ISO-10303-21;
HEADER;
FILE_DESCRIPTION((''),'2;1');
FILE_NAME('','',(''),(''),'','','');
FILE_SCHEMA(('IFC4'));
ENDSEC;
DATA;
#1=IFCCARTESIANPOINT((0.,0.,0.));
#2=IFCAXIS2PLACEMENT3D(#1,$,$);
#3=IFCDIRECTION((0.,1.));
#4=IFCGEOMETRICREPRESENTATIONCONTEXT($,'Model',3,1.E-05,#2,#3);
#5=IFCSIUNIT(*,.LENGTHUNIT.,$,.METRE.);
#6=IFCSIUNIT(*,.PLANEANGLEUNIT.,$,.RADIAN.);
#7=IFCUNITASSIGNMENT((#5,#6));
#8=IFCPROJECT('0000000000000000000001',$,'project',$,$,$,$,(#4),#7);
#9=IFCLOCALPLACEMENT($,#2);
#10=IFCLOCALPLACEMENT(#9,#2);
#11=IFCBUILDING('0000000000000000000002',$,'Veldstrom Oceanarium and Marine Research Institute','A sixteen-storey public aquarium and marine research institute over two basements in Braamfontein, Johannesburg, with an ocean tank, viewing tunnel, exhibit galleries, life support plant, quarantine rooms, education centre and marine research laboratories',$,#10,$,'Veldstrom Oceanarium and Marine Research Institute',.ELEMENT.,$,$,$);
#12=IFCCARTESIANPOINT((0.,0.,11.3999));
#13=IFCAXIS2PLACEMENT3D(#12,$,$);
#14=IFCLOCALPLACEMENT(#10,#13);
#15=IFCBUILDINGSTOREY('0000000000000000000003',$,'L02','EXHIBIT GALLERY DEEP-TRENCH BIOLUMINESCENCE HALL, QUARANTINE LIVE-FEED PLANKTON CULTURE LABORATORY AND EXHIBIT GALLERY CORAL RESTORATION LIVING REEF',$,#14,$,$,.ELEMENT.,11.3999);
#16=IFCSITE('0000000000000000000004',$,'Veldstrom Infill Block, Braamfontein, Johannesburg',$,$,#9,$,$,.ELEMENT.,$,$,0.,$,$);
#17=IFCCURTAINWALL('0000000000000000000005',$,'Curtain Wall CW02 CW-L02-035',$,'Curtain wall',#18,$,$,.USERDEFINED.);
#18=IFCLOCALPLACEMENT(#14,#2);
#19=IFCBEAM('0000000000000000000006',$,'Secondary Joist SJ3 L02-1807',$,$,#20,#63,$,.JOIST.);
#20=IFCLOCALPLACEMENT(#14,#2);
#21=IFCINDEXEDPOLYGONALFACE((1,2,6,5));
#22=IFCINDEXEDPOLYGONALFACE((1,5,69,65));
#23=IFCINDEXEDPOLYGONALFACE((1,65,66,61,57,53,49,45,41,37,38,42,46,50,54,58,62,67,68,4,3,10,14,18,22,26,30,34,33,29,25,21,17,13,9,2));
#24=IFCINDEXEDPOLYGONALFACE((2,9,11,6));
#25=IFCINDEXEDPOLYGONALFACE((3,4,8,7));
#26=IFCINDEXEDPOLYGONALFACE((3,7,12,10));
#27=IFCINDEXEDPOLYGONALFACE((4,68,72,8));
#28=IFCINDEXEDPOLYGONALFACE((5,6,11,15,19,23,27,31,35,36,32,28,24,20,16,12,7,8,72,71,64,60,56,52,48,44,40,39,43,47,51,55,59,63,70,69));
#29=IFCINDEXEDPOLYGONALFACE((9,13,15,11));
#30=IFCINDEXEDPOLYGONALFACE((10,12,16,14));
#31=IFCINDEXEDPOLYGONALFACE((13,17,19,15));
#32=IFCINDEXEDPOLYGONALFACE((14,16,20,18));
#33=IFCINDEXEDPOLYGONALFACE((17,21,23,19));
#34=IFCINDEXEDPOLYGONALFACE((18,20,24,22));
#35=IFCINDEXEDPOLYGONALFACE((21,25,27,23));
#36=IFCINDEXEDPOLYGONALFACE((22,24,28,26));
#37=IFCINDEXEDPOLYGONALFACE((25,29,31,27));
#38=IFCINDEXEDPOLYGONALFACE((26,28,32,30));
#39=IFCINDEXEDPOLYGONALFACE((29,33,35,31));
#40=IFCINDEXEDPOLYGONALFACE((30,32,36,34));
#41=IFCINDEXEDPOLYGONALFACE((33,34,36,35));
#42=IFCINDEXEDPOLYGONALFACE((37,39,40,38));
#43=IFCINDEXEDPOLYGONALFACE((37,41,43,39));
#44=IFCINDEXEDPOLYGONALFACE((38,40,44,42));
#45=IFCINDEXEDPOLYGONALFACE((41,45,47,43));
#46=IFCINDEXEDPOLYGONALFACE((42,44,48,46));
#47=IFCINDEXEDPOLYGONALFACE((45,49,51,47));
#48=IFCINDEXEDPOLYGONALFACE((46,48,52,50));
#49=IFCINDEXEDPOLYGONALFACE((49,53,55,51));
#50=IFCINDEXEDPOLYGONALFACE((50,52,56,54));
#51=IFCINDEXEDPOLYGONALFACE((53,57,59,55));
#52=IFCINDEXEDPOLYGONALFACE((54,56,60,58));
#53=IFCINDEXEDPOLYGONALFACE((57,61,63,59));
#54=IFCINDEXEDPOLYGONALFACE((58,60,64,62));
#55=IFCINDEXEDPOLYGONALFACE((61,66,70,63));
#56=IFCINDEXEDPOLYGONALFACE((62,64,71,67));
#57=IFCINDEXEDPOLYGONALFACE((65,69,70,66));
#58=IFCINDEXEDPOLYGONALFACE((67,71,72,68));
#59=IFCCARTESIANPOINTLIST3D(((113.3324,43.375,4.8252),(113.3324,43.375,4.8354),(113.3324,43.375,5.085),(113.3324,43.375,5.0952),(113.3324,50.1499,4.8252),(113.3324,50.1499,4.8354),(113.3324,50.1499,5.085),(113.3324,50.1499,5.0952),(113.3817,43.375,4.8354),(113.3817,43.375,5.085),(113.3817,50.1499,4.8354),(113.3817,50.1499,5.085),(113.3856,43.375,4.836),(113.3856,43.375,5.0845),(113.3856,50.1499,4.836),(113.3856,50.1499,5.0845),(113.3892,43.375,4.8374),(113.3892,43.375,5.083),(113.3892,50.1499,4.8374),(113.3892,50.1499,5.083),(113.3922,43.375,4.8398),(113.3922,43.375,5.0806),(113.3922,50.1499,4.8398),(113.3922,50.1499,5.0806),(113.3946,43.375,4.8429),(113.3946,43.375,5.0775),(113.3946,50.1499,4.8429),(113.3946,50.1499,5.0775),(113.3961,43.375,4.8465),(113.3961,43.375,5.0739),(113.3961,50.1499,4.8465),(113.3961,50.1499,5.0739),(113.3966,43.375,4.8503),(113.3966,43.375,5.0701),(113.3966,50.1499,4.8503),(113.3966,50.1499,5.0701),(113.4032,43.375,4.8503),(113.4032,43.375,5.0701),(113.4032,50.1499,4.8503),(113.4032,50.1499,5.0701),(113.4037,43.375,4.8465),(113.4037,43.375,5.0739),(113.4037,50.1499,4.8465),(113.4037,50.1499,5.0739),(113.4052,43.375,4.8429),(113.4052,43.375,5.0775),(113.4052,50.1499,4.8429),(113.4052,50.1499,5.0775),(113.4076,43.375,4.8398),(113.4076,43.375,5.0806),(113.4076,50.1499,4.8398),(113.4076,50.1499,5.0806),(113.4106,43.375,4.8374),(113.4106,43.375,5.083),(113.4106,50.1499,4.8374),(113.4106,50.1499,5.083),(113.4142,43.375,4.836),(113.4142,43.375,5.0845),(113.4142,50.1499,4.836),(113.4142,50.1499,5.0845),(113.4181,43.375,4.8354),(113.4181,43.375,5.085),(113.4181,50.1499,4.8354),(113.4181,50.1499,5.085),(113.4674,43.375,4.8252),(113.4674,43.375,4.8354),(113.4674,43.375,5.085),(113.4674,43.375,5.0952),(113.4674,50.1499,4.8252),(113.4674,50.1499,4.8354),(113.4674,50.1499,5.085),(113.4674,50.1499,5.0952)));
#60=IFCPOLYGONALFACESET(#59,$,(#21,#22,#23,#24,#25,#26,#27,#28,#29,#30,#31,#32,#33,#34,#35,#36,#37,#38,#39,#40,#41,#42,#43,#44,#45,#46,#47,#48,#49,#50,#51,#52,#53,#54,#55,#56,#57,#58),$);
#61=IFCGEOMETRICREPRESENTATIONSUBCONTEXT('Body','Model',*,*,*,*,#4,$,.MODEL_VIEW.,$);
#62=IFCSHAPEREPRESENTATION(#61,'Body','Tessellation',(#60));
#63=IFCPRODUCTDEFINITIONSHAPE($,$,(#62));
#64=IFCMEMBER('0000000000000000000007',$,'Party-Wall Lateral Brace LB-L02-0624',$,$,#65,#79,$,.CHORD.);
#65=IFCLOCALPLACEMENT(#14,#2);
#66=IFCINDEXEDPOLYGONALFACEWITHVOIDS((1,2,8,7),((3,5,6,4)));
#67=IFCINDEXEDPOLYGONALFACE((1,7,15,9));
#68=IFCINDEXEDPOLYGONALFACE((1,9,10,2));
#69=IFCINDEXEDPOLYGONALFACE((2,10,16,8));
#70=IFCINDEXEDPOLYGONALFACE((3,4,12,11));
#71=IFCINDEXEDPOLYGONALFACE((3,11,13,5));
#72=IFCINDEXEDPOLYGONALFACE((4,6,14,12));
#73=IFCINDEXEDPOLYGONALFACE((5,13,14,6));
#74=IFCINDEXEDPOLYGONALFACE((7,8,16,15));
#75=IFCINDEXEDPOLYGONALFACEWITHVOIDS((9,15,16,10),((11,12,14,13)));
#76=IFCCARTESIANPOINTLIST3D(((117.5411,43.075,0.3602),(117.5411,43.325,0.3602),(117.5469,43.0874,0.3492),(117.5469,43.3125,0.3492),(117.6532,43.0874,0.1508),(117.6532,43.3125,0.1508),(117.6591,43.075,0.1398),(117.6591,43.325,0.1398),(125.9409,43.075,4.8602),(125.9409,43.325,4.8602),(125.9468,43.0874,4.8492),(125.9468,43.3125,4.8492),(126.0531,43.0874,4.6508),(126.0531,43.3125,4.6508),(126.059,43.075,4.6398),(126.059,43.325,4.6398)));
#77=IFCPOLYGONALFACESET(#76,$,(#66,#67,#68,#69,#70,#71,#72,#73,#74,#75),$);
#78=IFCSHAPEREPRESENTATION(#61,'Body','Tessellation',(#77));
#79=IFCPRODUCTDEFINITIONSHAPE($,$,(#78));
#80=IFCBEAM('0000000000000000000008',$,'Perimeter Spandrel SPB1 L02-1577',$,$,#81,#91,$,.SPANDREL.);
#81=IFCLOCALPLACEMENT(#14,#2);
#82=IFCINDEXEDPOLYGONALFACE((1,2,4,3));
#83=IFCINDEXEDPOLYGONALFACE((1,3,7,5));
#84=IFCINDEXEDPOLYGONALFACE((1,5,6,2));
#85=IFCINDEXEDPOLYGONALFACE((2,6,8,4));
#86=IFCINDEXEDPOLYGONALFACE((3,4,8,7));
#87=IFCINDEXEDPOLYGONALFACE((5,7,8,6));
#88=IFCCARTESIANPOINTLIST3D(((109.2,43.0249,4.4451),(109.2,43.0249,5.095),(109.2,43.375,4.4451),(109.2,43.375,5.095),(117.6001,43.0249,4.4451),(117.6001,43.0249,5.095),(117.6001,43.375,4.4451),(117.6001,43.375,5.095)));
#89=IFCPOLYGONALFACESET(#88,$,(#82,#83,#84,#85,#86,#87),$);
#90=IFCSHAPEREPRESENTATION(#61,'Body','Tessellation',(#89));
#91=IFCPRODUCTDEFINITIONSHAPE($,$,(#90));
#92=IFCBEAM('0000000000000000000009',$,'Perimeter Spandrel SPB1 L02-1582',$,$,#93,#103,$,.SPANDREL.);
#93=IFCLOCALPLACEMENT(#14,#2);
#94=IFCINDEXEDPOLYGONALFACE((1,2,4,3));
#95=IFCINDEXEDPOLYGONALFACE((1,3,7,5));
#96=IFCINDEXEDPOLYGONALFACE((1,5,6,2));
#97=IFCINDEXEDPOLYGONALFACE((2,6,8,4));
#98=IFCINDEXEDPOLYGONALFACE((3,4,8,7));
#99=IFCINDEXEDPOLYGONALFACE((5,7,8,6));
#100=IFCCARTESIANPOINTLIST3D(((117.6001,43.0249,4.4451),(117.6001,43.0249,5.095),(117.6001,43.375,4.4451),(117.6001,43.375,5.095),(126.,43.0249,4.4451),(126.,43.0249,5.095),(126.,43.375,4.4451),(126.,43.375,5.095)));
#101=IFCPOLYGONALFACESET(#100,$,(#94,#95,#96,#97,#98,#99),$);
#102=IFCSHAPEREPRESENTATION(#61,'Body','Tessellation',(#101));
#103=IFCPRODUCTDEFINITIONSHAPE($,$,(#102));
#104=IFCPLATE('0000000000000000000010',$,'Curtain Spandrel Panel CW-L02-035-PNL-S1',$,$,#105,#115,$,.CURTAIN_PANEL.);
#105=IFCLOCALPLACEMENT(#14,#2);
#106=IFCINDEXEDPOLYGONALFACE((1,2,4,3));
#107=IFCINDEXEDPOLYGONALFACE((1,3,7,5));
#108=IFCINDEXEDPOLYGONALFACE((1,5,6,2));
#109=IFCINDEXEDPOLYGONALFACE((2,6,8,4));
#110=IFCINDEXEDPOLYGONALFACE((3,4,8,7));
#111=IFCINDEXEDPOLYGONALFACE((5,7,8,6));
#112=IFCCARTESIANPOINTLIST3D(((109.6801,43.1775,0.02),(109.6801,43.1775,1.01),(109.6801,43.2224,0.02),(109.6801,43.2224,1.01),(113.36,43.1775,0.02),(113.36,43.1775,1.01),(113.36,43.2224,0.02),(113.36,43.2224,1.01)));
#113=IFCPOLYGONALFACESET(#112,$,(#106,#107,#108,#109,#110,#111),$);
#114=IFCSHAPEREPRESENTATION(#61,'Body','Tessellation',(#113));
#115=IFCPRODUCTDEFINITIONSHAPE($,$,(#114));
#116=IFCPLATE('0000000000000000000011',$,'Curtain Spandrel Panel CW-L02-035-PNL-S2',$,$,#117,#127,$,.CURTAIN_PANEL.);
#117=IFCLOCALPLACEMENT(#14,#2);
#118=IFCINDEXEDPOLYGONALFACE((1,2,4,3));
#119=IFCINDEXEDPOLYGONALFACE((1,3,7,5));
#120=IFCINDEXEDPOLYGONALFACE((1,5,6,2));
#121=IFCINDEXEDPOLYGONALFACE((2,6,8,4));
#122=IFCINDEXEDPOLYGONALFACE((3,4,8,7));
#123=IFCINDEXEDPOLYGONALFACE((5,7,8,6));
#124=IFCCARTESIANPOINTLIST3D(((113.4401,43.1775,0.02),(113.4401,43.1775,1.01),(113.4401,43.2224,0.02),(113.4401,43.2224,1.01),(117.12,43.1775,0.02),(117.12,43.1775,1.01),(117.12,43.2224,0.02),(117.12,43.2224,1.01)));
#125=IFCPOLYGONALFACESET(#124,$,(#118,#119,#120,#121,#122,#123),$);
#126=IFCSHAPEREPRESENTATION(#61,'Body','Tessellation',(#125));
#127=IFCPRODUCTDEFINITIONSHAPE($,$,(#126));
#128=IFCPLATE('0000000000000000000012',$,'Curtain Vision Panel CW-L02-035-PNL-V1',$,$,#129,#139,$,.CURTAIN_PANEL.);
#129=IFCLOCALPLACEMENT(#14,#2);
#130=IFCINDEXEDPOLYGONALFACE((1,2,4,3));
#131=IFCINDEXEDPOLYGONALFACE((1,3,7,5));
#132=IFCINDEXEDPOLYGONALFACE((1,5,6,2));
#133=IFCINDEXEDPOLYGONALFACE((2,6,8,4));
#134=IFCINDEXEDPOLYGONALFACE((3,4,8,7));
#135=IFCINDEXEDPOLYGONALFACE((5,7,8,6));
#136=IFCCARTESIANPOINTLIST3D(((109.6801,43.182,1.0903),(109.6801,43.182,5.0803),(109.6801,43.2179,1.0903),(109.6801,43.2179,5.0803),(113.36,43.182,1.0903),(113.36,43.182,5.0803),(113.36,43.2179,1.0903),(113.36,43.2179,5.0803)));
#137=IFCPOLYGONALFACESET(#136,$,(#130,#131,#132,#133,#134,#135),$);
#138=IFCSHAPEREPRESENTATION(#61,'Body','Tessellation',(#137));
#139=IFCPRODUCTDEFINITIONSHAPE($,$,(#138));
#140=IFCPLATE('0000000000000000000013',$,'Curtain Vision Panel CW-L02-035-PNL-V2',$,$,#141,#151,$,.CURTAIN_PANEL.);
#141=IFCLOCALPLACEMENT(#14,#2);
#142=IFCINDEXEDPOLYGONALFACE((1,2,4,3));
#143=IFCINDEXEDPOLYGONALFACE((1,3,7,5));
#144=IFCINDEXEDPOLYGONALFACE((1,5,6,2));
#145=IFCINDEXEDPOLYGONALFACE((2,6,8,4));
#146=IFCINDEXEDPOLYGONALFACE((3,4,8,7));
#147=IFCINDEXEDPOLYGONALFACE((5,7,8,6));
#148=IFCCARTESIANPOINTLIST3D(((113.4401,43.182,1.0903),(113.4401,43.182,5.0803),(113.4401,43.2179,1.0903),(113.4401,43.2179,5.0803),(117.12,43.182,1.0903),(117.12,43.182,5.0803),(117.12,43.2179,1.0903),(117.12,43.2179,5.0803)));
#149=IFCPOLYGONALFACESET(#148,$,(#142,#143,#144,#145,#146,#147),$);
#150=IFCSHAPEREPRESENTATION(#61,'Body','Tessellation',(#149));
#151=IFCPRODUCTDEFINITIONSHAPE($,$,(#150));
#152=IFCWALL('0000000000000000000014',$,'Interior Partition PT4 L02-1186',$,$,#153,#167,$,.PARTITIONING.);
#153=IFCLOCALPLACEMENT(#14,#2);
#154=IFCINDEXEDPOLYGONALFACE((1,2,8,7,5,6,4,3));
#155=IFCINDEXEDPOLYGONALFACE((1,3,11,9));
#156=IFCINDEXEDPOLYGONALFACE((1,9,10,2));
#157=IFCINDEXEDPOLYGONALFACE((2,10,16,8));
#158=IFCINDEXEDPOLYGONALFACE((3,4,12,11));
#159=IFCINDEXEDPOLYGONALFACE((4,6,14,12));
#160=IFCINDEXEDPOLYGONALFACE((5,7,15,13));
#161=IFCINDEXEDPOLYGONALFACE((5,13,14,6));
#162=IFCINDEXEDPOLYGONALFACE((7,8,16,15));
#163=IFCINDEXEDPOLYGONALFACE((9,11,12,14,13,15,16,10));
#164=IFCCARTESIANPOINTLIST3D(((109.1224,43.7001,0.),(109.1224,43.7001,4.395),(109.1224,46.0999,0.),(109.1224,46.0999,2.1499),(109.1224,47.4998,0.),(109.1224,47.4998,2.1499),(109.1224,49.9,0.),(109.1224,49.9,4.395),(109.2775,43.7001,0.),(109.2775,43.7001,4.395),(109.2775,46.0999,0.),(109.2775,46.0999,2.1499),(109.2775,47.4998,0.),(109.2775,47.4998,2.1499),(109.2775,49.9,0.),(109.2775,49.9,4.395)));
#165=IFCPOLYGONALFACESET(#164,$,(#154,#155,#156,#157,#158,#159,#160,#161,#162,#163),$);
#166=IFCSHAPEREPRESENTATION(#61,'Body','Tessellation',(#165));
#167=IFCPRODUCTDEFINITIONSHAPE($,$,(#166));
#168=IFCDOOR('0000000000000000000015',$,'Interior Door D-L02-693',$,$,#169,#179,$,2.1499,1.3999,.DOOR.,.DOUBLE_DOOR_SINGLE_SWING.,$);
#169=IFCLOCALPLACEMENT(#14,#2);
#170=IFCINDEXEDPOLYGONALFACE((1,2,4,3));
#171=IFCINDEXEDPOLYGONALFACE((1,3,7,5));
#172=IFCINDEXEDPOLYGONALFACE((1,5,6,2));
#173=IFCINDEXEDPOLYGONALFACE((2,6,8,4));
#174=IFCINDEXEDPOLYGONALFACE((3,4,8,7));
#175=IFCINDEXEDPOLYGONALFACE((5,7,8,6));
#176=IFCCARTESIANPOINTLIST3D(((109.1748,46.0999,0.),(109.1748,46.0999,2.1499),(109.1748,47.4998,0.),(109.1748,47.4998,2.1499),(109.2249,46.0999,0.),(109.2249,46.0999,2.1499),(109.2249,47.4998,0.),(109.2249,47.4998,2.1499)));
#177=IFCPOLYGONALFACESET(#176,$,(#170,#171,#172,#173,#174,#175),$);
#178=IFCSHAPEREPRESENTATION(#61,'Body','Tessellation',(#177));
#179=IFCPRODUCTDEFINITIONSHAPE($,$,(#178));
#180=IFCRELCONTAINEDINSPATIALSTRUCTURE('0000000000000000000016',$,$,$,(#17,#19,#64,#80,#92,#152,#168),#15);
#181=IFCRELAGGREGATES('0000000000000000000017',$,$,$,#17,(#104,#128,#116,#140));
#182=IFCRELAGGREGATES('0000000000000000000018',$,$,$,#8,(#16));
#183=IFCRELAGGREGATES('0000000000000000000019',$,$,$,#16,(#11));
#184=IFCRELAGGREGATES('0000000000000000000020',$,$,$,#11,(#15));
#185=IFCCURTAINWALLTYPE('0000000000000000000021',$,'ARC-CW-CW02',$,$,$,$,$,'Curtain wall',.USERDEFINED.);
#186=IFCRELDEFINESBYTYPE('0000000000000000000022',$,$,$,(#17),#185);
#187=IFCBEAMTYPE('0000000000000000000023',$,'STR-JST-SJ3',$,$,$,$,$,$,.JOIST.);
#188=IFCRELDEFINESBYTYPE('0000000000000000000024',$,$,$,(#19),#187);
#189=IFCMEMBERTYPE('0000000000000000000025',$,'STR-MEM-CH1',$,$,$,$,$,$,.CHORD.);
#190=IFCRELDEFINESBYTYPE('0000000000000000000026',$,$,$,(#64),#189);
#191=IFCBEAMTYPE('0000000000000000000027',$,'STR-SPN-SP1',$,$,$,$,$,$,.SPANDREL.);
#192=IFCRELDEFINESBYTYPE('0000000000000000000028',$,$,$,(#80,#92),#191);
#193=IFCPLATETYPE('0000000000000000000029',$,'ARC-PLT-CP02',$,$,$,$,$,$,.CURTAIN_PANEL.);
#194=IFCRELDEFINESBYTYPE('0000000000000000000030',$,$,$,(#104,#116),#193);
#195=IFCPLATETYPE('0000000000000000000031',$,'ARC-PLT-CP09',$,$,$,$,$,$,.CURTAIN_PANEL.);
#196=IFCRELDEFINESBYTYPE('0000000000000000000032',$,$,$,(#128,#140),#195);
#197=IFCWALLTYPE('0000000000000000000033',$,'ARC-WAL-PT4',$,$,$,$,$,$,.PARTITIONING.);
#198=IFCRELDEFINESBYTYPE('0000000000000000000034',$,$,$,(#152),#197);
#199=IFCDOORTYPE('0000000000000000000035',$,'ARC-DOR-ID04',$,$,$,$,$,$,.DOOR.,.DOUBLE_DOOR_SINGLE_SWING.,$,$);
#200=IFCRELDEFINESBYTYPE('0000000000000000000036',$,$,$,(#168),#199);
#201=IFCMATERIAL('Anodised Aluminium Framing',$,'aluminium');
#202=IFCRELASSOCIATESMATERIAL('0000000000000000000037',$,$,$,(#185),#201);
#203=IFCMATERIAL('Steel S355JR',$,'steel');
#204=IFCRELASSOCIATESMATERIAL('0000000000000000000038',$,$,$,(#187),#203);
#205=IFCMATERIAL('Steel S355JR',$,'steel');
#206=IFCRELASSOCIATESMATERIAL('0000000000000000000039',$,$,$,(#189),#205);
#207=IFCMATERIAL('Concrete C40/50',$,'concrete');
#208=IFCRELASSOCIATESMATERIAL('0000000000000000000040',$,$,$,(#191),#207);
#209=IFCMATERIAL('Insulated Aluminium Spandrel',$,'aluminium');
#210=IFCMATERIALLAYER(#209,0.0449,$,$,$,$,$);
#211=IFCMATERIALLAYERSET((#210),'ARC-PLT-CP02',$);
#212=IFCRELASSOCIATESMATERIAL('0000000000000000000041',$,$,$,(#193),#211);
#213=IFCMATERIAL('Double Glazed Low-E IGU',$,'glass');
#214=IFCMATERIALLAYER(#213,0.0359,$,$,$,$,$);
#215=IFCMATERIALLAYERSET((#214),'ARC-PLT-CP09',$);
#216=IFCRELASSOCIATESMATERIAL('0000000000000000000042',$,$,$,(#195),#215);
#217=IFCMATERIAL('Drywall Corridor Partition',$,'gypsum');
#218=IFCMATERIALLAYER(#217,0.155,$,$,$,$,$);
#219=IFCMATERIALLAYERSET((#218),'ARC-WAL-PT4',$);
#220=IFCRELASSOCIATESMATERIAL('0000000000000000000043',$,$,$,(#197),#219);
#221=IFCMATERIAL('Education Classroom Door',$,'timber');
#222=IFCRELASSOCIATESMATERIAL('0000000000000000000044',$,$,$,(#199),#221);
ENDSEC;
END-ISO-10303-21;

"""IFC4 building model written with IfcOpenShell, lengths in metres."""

from ifc_helpers import new_model, si_unit, direction, frame, frame_2d, origin, origin_2d, place, context, subcontext, project, spatial, rectangle, hollow_rectangle, i_section, extrude, material, layer, layer_set, material_profile, profile_set, type_object, element, fill, aggregate, save


model = new_model("IFC4")

# Units and contexts
model_context = context("Model", 3, precision=1e-05, world=origin(), true_north=direction((0.0, 1.0)))
body_context = subcontext(model_context, "Body", "Model", "MODEL_VIEW")
ifc_project = project(units=[si_unit("LENGTHUNIT", "METRE"), si_unit("PLANEANGLEUNIT", "RADIAN")], contexts=[model_context])

# Site, building, storey
site_placement = place(None, origin())
site = spatial("IfcSite", under=ifc_project, at=site_placement, Name="Veldstrom Infill Block, Braamfontein, Johannesburg", CompositionType="ELEMENT", RefElevation=0.0)
building_placement = place(site_placement, origin())
building = spatial("IfcBuilding", under=site, at=building_placement, Name="Veldstrom Oceanarium and Marine Research Institute", Description="A sixteen-storey public aquarium and marine research institute over two basements in Braamfontein, Johannesburg, with an ocean tank, viewing tunnel, exhibit galleries, life support plant, quarantine rooms, education centre and marine research laboratories", LongName="Veldstrom Oceanarium and Marine Research Institute", CompositionType="ELEMENT")
storey_placement = place(building_placement, frame((0.0, 0.0, 11.3999)))
storey = spatial("IfcBuildingStorey", under=building, at=storey_placement, Name="L02", Description="EXHIBIT GALLERY DEEP-TRENCH BIOLUMINESCENCE HALL, QUARANTINE LIVE-FEED PLANKTON CULTURE LABORATORY AND EXHIBIT GALLERY CORAL RESTORATION LIVING REEF", CompositionType="ELEMENT", Elevation=11.3999)

# Curtain wall
ifc_material_1 = material(Name="Anodised Aluminium Framing", Category="aluminium")
curtain_wall_type = type_object("IfcCurtainWallType", Name="ARC-CW-CW02", ElementType="Curtain wall", PredefinedType="USERDEFINED", material=ifc_material_1)
curtain_wall_placement = place(storey_placement, origin())
curtain_wall = element("IfcCurtainWall", 1, at=curtain_wall_placement, inside=storey, type_object=curtain_wall_type, Name="Curtain Wall CW02 CW-L02-035", ObjectType="Curtain wall", PredefinedType="USERDEFINED")

# Beam
ifc_material_2 = material(Name="Steel S355JR", Category="steel")
ifc_material_profile_1 = material_profile(ifc_material_2, i_section(OverallWidth=0.135, OverallDepth=0.27, WebThickness=0.0066, FlangeThickness=0.0103, FilletRadius=0.0149, at=origin_2d()), Name="IPE 270")
ifc_profile_set_1 = profile_set([ifc_material_profile_1], Name="Steel S355JR")
beam_type_1 = type_object("IfcBeamType", Name="STR-JST-SJ3", PredefinedType="JOIST", material=ifc_profile_set_1)
beam_1_placement = place(storey_placement, frame((113.3999, 43.375, 4.9602), z_axis=(0.0, 1.0, 0.0), x_axis=(-1.0, 0.0, 0.0)))
element("IfcBeam", 2, at=beam_1_placement, inside=storey, type_object=beam_type_1, Name="Secondary Joist SJ3 L02-1807", PredefinedType="JOIST", context=body_context, shape_type="SweptSolid", body=[
    extrude(i_section(OverallWidth=0.135, OverallDepth=0.27, WebThickness=0.0066, FlangeThickness=0.0103, FilletRadius=0.0149, at=origin_2d()), origin(), (0.0, 0.0, 1.0), 6.7749),
])

# Member
ifc_material_3 = material(Name="Steel S355JR", Category="steel")
ifc_material_profile_2 = material_profile(ifc_material_3, hollow_rectangle(XDim=0.25, YDim=0.25, WallThickness=0.0125, at=origin_2d()), Name="SHS 250x250x12.5")
ifc_profile_set_2 = profile_set([ifc_material_profile_2], Name="Steel S355JR")
member_type_1 = type_object("IfcMemberType", Name="STR-MEM-CH1", PredefinedType="CHORD", material=ifc_profile_set_2)
member_1_placement = place(storey_placement, frame((117.6001, 43.2, 0.25), z_axis=(0.881478, 0.0, 0.472226), x_axis=(0.0, 1.0, 0.0)))
element("IfcMember", 3, at=member_1_placement, inside=storey, type_object=member_type_1, Name="Party-Wall Lateral Brace LB-L02-0624", PredefinedType="CHORD", context=body_context, shape_type="SweptSolid", body=[
    extrude(hollow_rectangle(XDim=0.25, YDim=0.25, WallThickness=0.0125, at=origin_2d()), origin(), (0.0, 0.0, 1.0), 9.5293),
])

# Beams
ifc_material_4 = material(Name="Concrete C40/50", Category="concrete")
ifc_material_profile_3 = material_profile(ifc_material_4, rectangle(XDim=0.3501, YDim=0.6499, at=origin_2d()), Name="RC-SPN-350x650")
ifc_profile_set_3 = profile_set([ifc_material_profile_3], Name="Concrete C40/50")
beam_type_2 = type_object("IfcBeamType", Name="STR-SPN-SP1", PredefinedType="SPANDREL", material=ifc_profile_set_3)
beam_2_placement = place(storey_placement, frame((109.2, 43.2, 4.77), z_axis=(1.0, 0.0, 0.0), x_axis=(0.0, 1.0, 0.0)))
element("IfcBeam", 4, at=beam_2_placement, inside=storey, type_object=beam_type_2, Name="Perimeter Spandrel SPB1 L02-1577", PredefinedType="SPANDREL", context=body_context, shape_type="SweptSolid", body=[
    extrude(rectangle(XDim=0.3501, YDim=0.6499, at=origin_2d()), origin(), (0.0, 0.0, 1.0), 8.4001),
])
beam_3_placement = place(storey_placement, frame((117.6001, 43.2, 4.77), z_axis=(1.0, 0.0, 0.0), x_axis=(0.0, 1.0, 0.0)))
element("IfcBeam", 5, at=beam_3_placement, inside=storey, type_object=beam_type_2, Name="Perimeter Spandrel SPB1 L02-1582", PredefinedType="SPANDREL", context=body_context, shape_type="SweptSolid", body=[
    extrude(rectangle(XDim=0.3501, YDim=0.6499, at=origin_2d()), origin(), (0.0, 0.0, 1.0), 8.3999),
])

# Plates
ifc_material_5 = material(Name="Insulated Aluminium Spandrel", Category="aluminium")
ifc_layer_1 = layer(ifc_material_5, 0.0449)
ifc_layer_set_1 = layer_set([ifc_layer_1], Name="ARC-PLT-CP02")
plate_type_1 = type_object("IfcPlateType", Name="ARC-PLT-CP02", PredefinedType="CURTAIN_PANEL", material=ifc_layer_set_1)
plate_1_placement = place(storey_placement, frame((111.52, 43.2, 0.02), z_axis=(0.0, 0.0, 1.0), x_axis=(1.0, 0.0, 0.0)))
plate_1 = element("IfcPlate", 6, at=plate_1_placement, type_object=plate_type_1, Name="Curtain Spandrel Panel CW-L02-035-PNL-S1", PredefinedType="CURTAIN_PANEL", context=body_context, shape_type="SweptSolid", body=[
    extrude(rectangle(XDim=3.6799, YDim=0.0449, at=origin_2d()), origin(), (0.0, 0.0, 1.0), 0.99),
])
plate_2_placement = place(storey_placement, frame((115.28, 43.2, 0.02), z_axis=(0.0, 0.0, 1.0), x_axis=(1.0, 0.0, 0.0)))
plate_2 = element("IfcPlate", 7, at=plate_2_placement, type_object=plate_type_1, Name="Curtain Spandrel Panel CW-L02-035-PNL-S2", PredefinedType="CURTAIN_PANEL", context=body_context, shape_type="SweptSolid", body=[
    extrude(rectangle(XDim=3.6799, YDim=0.0449, at=origin_2d()), origin(), (0.0, 0.0, 1.0), 0.99),
])
ifc_material_6 = material(Name="Double Glazed Low-E IGU", Category="glass")
ifc_layer_2 = layer(ifc_material_6, 0.0359)
ifc_layer_set_2 = layer_set([ifc_layer_2], Name="ARC-PLT-CP09")
plate_type_2 = type_object("IfcPlateType", Name="ARC-PLT-CP09", PredefinedType="CURTAIN_PANEL", material=ifc_layer_set_2)
plate_3_placement = place(storey_placement, frame((111.52, 43.2, 1.0903), z_axis=(0.0, 0.0, 1.0), x_axis=(1.0, 0.0, 0.0)))
plate_3 = element("IfcPlate", 8, at=plate_3_placement, type_object=plate_type_2, Name="Curtain Vision Panel CW-L02-035-PNL-V1", PredefinedType="CURTAIN_PANEL", context=body_context, shape_type="SweptSolid", body=[
    extrude(rectangle(XDim=3.6799, YDim=0.0359, at=origin_2d()), origin(), (0.0, 0.0, 1.0), 3.99),
])
plate_4_placement = place(storey_placement, frame((115.28, 43.2, 1.0903), z_axis=(0.0, 0.0, 1.0), x_axis=(1.0, 0.0, 0.0)))
plate_4 = element("IfcPlate", 9, at=plate_4_placement, type_object=plate_type_2, Name="Curtain Vision Panel CW-L02-035-PNL-V2", PredefinedType="CURTAIN_PANEL", context=body_context, shape_type="SweptSolid", body=[
    extrude(rectangle(XDim=3.6799, YDim=0.0359, at=origin_2d()), origin(), (0.0, 0.0, 1.0), 3.99),
])
aggregate(curtain_wall, [plate_1, plate_3, plate_2, plate_4])

# Wall, opening, door
ifc_material_7 = material(Name="Drywall Corridor Partition", Category="gypsum")
ifc_layer_3 = layer(ifc_material_7, 0.155)
ifc_layer_set_3 = layer_set([ifc_layer_3], Name="ARC-WAL-PT4")
wall_type = type_object("IfcWallType", Name="ARC-WAL-PT4", PredefinedType="PARTITIONING", material=ifc_layer_set_3)
wall_placement = place(storey_placement, frame((109.2, 43.7, 0.0), z_axis=(0.0, 0.0, 1.0), x_axis=(0.0, 1.0, 0.0)))
wall = element("IfcWall", 10, at=wall_placement, inside=storey, type_object=wall_type, Name="Interior Partition PT4 L02-1186", PredefinedType="PARTITIONING", context=body_context, shape_type="SweptSolid", body=[
    extrude(rectangle(XDim=6.2, YDim=0.155, at=frame_2d((3.1001, 0.0))), origin(), (0.0, 0.0, 1.0), 4.395),
])
opening_placement = place(wall_placement, frame((2.3999, 0.0, 0.0)))
opening = element("IfcOpeningElement", 11, at=opening_placement, cuts=wall, PredefinedType="OPENING", context=body_context, shape_type="SweptSolid", body=[
    extrude(rectangle(XDim=1.3999, YDim=2.1499, at=frame_2d((0.7, 1.075))), frame((0.0, 0.0874, 0.0), z_axis=(0.0, -1.0, 0.0), x_axis=(1.0, 0.0, 0.0)), (0.0, 0.0, 1.0), 0.175),
])
ifc_material_8 = material(Name="Education Classroom Door", Category="timber")
door_type = type_object("IfcDoorType", Name="ARC-DOR-ID04", OperationType="DOUBLE_DOOR_SINGLE_SWING", PredefinedType="DOOR", material=ifc_material_8)
door_placement = place(opening_placement, frame((1.3999, 0.0, 0.0), z_axis=(0.0, 0.0, 1.0), x_axis=(-1.0, 0.0, 0.0)))
door = element("IfcDoor", 12, at=door_placement, inside=storey, type_object=door_type, Name="Interior Door D-L02-693", OperationType="DOUBLE_DOOR_SINGLE_SWING", OverallHeight=2.1499, OverallWidth=1.3999, PredefinedType="DOOR", context=body_context, shape_type="SweptSolid", body=[
    extrude(rectangle(XDim=1.3999, YDim=2.1499, at=frame_2d((0.7, 1.075))), frame((0.0, 0.0249, 0.0), z_axis=(0.0, -1.0, 0.0), x_axis=(1.0, 0.0, 0.0)), (0.0, 0.0, 1.0), 0.05),
])
fill(opening, door)

save(model, "model.ifc")
